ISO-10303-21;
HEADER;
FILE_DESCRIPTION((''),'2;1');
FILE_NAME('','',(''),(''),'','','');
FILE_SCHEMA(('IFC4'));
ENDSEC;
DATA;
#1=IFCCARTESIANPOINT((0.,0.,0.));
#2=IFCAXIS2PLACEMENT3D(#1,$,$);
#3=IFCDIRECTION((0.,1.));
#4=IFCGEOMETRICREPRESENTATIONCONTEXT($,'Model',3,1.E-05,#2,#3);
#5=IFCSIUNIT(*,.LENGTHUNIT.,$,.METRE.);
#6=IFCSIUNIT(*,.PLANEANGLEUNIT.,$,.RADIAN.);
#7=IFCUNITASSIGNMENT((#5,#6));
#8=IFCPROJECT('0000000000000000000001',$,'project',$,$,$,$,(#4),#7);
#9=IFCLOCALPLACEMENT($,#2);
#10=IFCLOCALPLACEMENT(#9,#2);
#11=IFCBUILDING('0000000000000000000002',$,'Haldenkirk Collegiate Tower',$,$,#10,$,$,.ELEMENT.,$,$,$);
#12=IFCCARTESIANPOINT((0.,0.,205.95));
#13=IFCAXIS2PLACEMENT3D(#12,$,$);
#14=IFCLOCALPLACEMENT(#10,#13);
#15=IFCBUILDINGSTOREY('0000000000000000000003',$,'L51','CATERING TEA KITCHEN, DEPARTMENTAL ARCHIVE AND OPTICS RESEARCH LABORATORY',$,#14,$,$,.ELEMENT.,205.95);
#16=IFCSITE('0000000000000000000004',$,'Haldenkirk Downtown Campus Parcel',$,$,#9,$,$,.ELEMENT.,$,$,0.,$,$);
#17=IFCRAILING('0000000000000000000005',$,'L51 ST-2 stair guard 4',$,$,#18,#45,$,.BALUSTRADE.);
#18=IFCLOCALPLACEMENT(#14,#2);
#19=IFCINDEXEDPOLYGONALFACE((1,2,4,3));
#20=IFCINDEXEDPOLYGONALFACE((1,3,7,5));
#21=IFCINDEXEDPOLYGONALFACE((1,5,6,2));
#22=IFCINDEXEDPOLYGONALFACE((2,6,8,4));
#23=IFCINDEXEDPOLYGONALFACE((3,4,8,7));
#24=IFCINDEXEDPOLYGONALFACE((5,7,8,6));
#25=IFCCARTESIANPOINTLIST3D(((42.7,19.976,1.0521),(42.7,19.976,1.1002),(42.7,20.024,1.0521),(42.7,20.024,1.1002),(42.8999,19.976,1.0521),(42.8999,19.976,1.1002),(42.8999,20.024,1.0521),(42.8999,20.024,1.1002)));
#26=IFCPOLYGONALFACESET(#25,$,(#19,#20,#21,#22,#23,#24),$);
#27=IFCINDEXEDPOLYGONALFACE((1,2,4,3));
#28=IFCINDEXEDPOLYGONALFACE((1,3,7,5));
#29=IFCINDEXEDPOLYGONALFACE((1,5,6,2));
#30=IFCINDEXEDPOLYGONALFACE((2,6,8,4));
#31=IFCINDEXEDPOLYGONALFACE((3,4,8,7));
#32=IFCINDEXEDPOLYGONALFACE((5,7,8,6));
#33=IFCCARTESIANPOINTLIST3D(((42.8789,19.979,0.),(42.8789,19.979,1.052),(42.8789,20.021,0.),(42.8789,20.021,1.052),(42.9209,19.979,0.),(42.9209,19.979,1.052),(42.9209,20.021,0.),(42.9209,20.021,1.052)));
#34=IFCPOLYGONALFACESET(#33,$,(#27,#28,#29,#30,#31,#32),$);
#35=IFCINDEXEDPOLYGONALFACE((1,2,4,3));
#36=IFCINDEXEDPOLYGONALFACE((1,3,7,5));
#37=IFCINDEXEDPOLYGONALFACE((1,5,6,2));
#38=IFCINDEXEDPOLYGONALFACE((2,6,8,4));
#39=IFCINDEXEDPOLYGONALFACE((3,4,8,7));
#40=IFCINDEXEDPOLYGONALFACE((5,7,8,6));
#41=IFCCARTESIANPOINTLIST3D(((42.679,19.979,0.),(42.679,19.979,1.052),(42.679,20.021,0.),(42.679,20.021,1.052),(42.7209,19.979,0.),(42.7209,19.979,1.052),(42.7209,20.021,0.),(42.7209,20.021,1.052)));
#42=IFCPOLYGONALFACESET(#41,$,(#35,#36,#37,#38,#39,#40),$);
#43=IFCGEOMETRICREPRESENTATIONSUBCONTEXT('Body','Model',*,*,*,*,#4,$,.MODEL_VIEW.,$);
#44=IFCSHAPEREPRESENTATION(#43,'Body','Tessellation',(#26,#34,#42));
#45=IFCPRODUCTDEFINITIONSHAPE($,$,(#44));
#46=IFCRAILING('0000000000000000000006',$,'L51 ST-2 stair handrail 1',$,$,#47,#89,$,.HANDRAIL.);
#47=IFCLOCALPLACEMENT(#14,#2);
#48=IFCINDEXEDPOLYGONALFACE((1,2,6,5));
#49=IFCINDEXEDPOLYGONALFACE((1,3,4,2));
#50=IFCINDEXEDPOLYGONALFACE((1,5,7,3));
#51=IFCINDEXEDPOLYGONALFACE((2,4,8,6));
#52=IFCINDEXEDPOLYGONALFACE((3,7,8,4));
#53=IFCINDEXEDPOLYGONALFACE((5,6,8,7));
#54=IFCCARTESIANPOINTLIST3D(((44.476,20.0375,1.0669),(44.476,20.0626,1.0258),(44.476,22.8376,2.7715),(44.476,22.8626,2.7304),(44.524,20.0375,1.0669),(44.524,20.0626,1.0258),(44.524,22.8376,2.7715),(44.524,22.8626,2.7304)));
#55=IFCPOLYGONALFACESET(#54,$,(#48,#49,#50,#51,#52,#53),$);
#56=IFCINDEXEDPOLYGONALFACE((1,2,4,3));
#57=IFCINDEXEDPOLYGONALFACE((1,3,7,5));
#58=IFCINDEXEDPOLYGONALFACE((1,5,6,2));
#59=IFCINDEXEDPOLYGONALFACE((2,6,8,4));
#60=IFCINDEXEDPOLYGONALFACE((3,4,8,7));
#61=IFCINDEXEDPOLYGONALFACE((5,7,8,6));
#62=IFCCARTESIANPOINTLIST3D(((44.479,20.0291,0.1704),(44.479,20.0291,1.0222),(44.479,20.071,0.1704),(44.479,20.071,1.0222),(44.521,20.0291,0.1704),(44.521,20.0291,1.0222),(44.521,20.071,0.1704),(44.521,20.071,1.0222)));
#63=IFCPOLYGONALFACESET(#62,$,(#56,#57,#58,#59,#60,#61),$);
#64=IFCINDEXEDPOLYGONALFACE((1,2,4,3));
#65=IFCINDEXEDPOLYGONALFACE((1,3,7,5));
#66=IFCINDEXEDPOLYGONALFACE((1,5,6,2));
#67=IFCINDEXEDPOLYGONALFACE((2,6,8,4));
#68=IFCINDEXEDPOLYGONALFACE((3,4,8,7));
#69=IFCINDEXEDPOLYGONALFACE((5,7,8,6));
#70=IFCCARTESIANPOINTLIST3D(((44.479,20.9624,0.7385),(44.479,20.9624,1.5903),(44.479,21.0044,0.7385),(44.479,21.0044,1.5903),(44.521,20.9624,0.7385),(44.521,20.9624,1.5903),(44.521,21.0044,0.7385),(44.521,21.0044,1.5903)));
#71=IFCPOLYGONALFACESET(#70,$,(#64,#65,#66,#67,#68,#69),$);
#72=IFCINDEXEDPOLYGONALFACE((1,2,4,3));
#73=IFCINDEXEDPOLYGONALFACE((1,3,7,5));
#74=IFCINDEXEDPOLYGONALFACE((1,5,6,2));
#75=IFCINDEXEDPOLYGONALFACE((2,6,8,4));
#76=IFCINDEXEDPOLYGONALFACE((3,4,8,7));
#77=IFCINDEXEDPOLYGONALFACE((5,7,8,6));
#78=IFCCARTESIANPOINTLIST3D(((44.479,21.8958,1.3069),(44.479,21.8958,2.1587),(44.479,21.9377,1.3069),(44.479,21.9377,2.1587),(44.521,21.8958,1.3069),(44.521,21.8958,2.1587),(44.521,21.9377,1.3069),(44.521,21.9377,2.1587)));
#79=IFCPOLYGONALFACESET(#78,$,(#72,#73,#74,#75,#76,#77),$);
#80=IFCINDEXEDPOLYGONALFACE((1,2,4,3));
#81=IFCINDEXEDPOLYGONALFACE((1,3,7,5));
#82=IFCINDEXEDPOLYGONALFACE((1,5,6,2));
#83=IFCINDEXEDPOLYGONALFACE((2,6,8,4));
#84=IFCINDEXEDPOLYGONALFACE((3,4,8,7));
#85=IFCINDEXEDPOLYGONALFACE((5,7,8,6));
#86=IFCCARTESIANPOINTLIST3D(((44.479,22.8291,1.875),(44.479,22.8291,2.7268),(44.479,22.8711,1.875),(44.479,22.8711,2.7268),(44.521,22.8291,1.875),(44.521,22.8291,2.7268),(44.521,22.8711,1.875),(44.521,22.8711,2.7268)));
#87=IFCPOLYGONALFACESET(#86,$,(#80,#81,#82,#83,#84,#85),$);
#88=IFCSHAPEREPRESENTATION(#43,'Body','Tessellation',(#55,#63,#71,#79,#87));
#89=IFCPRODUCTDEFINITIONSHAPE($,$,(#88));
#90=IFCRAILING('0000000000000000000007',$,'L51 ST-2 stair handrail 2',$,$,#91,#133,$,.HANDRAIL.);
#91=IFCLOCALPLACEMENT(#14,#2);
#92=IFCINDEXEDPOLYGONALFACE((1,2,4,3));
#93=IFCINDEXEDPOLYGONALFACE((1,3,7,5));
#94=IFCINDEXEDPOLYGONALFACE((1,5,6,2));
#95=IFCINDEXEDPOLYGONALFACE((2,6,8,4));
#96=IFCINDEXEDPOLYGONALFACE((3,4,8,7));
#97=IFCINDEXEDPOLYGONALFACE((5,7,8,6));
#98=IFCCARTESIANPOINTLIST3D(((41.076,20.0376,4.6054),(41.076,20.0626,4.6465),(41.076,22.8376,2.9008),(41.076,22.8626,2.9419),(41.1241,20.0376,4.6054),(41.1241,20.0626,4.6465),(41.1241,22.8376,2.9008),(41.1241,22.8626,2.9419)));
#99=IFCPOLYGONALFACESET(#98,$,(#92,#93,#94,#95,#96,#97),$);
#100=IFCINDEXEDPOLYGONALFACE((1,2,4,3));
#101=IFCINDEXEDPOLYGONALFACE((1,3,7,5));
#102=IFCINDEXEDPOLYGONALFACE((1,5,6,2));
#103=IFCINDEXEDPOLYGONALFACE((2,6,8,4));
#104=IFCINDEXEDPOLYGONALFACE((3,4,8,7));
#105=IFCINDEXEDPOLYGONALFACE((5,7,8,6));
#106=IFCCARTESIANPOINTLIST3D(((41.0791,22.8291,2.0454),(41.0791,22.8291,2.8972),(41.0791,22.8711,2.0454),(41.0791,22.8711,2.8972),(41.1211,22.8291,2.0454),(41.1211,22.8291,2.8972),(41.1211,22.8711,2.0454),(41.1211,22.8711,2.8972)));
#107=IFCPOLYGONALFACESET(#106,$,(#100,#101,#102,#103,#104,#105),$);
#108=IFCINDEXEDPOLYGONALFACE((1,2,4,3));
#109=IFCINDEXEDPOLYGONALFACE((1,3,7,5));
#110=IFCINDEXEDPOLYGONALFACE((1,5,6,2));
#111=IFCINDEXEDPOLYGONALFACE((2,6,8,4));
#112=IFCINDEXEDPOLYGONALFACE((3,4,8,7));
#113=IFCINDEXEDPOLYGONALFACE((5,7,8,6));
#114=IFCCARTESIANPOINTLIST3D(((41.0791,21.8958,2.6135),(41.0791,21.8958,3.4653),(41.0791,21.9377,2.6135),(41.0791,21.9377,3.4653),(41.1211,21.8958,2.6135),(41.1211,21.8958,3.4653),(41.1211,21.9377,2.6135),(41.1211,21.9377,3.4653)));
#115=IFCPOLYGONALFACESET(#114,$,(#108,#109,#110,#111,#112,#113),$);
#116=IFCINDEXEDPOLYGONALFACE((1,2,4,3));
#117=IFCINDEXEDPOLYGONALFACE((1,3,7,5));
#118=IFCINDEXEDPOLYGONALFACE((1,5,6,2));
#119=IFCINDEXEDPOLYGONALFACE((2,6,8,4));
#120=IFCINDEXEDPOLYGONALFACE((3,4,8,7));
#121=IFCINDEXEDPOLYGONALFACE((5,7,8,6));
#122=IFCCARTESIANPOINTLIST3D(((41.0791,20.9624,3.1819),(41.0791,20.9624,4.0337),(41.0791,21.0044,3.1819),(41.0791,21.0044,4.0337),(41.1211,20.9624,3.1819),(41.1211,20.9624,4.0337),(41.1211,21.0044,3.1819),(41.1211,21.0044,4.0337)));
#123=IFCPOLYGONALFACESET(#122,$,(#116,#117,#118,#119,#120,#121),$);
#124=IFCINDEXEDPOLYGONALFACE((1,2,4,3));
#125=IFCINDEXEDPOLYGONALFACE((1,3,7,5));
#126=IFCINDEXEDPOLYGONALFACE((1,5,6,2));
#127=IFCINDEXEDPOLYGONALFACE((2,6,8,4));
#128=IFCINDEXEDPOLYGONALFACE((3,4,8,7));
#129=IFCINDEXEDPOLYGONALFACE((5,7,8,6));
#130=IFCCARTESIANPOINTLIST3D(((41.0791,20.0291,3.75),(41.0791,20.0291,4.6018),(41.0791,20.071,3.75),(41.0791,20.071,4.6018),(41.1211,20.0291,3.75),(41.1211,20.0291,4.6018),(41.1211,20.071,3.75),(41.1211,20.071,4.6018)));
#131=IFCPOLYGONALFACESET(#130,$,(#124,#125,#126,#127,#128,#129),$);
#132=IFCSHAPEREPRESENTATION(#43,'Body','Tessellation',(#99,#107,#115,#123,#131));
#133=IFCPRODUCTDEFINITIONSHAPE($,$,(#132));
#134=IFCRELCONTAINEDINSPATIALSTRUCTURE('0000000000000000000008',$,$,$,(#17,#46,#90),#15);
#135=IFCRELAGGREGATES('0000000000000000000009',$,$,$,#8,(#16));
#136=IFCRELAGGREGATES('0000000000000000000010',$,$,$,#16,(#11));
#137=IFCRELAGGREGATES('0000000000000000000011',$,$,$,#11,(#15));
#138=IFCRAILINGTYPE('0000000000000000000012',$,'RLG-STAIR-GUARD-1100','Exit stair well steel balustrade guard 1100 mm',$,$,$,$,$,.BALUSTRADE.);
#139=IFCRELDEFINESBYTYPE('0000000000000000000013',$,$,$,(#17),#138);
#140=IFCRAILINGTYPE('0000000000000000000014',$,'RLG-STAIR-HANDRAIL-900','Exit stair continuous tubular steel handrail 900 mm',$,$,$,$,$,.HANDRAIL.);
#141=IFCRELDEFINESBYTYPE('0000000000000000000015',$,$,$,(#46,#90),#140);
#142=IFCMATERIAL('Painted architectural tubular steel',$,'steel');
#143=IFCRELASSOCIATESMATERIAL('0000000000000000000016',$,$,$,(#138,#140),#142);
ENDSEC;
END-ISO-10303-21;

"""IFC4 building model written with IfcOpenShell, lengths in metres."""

from ifc_helpers import new_model, si_unit, direction, frame, origin, origin_2d, place, context, subcontext, project, spatial, rectangle, extrude, material, type_object, element, save


model = new_model("IFC4")

# Units and contexts
model_context = context("Model", 3, precision=1e-05, world=origin(), true_north=direction((0.0, 1.0)))
body_context = subcontext(model_context, "Body", "Model", "MODEL_VIEW")
ifc_project = project(units=[si_unit("LENGTHUNIT", "METRE"), si_unit("PLANEANGLEUNIT", "RADIAN")], contexts=[model_context])

# Site, building, storey
site_placement = place(None, origin())
site = spatial("IfcSite", under=ifc_project, at=site_placement, Name="Haldenkirk Downtown Campus Parcel", CompositionType="ELEMENT", RefElevation=0.0)
building_placement = place(site_placement, origin())
building = spatial("IfcBuilding", under=site, at=building_placement, Name="Haldenkirk Collegiate Tower", CompositionType="ELEMENT")
storey_placement = place(building_placement, frame((0.0, 0.0, 205.95)))
storey = spatial("IfcBuildingStorey", under=building, at=storey_placement, Name="L51", Description="CATERING TEA KITCHEN, DEPARTMENTAL ARCHIVE AND OPTICS RESEARCH LABORATORY", CompositionType="ELEMENT", Elevation=205.95)

# Railings
ifc_material_1 = material(Name="Painted architectural tubular steel", Category="steel")
railing_type_1 = type_object("IfcRailingType", Name="RLG-STAIR-GUARD-1100", Description="Exit stair well steel balustrade guard 1100 mm", PredefinedType="BALUSTRADE", material=ifc_material_1)
railing_1_placement = place(storey_placement, frame((42.8999, 20.0, 0.0)))
element("IfcRailing", 1, at=railing_1_placement, inside=storey, type_object=railing_type_1, Name="L51 ST-2 stair guard 4", PredefinedType="BALUSTRADE", context=body_context, shape_type="SweptSolid", body=[
    extrude(rectangle(XDim=0.0481, YDim=0.0481, at=origin_2d()), frame((0.0, 0.0, 1.0762), z_axis=(-1.0, 0.0, 0.0), x_axis=(0.0, -1.0, 0.0)), (0.0, 0.0, 1.0), 0.2),
    extrude(rectangle(XDim=0.042, YDim=0.042, at=origin_2d()), origin(), (0.0, 0.0, 1.0), 1.052),
    extrude(rectangle(XDim=0.042, YDim=0.042, at=origin_2d()), frame((-0.2, 0.0, 0.0)), (0.0, 0.0, 1.0), 1.052),
])
railing_type_2 = type_object("IfcRailingType", Name="RLG-STAIR-HANDRAIL-900", Description="Exit stair continuous tubular steel handrail 900 mm", PredefinedType="HANDRAIL", material=ifc_material_1)
railing_2_placement = place(storey_placement, frame((44.5, 20.05, 0.1704)))
element("IfcRailing", 2, at=railing_2_placement, inside=storey, type_object=railing_type_2, Name="L51 ST-2 stair handrail 1", PredefinedType="HANDRAIL", context=body_context, shape_type="SweptSolid", body=[
    extrude(rectangle(XDim=0.0481, YDim=0.0481, at=origin_2d()), frame((0.0, 0.0, 0.876), z_axis=(0.0, 0.85417, 0.519994), x_axis=(-1.0, 0.0, 0.0)), (0.0, 0.0, 1.0), 3.2781),
    extrude(rectangle(XDim=0.042, YDim=0.042, at=origin_2d()), origin(), (0.0, 0.0, 1.0), 0.8518),
    extrude(rectangle(XDim=0.042, YDim=0.042, at=origin_2d()), frame((0.0, 0.9333, 0.5681)), (0.0, 0.0, 1.0), 0.8518),
    extrude(rectangle(XDim=0.042, YDim=0.042, at=origin_2d()), frame((0.0, 1.8667, 1.1365)), (0.0, 0.0, 1.0), 0.8518),
    extrude(rectangle(XDim=0.042, YDim=0.042, at=origin_2d()), frame((0.0, 2.8, 1.7046)), (0.0, 0.0, 1.0), 0.8518),
])
railing_3_placement = place(storey_placement, frame((41.1001, 22.8501, 2.0454)))
element("IfcRailing", 3, at=railing_3_placement, inside=storey, type_object=railing_type_2, Name="L51 ST-2 stair handrail 2", PredefinedType="HANDRAIL", context=body_context, shape_type="SweptSolid", body=[
    extrude(rectangle(XDim=0.0481, YDim=0.0481, at=origin_2d()), frame((0.0, 0.0, 0.876), z_axis=(0.0, -0.85417, 0.519994), x_axis=(1.0, 0.0, 0.0)), (0.0, 0.0, 1.0), 3.2781),
    extrude(rectangle(XDim=0.042, YDim=0.042, at=origin_2d()), origin(), (0.0, 0.0, 1.0), 0.8518),
    extrude(rectangle(XDim=0.042, YDim=0.042, at=origin_2d()), frame((0.0, -0.9333, 0.5681)), (0.0, 0.0, 1.0), 0.8518),
    extrude(rectangle(XDim=0.042, YDim=0.042, at=origin_2d()), frame((0.0, -1.8667, 1.1365)), (0.0, 0.0, 1.0), 0.8518),
    extrude(rectangle(XDim=0.042, YDim=0.042, at=origin_2d()), frame((0.0, -2.8, 1.7046)), (0.0, 0.0, 1.0), 0.8518),
])

save(model, "model.ifc")
